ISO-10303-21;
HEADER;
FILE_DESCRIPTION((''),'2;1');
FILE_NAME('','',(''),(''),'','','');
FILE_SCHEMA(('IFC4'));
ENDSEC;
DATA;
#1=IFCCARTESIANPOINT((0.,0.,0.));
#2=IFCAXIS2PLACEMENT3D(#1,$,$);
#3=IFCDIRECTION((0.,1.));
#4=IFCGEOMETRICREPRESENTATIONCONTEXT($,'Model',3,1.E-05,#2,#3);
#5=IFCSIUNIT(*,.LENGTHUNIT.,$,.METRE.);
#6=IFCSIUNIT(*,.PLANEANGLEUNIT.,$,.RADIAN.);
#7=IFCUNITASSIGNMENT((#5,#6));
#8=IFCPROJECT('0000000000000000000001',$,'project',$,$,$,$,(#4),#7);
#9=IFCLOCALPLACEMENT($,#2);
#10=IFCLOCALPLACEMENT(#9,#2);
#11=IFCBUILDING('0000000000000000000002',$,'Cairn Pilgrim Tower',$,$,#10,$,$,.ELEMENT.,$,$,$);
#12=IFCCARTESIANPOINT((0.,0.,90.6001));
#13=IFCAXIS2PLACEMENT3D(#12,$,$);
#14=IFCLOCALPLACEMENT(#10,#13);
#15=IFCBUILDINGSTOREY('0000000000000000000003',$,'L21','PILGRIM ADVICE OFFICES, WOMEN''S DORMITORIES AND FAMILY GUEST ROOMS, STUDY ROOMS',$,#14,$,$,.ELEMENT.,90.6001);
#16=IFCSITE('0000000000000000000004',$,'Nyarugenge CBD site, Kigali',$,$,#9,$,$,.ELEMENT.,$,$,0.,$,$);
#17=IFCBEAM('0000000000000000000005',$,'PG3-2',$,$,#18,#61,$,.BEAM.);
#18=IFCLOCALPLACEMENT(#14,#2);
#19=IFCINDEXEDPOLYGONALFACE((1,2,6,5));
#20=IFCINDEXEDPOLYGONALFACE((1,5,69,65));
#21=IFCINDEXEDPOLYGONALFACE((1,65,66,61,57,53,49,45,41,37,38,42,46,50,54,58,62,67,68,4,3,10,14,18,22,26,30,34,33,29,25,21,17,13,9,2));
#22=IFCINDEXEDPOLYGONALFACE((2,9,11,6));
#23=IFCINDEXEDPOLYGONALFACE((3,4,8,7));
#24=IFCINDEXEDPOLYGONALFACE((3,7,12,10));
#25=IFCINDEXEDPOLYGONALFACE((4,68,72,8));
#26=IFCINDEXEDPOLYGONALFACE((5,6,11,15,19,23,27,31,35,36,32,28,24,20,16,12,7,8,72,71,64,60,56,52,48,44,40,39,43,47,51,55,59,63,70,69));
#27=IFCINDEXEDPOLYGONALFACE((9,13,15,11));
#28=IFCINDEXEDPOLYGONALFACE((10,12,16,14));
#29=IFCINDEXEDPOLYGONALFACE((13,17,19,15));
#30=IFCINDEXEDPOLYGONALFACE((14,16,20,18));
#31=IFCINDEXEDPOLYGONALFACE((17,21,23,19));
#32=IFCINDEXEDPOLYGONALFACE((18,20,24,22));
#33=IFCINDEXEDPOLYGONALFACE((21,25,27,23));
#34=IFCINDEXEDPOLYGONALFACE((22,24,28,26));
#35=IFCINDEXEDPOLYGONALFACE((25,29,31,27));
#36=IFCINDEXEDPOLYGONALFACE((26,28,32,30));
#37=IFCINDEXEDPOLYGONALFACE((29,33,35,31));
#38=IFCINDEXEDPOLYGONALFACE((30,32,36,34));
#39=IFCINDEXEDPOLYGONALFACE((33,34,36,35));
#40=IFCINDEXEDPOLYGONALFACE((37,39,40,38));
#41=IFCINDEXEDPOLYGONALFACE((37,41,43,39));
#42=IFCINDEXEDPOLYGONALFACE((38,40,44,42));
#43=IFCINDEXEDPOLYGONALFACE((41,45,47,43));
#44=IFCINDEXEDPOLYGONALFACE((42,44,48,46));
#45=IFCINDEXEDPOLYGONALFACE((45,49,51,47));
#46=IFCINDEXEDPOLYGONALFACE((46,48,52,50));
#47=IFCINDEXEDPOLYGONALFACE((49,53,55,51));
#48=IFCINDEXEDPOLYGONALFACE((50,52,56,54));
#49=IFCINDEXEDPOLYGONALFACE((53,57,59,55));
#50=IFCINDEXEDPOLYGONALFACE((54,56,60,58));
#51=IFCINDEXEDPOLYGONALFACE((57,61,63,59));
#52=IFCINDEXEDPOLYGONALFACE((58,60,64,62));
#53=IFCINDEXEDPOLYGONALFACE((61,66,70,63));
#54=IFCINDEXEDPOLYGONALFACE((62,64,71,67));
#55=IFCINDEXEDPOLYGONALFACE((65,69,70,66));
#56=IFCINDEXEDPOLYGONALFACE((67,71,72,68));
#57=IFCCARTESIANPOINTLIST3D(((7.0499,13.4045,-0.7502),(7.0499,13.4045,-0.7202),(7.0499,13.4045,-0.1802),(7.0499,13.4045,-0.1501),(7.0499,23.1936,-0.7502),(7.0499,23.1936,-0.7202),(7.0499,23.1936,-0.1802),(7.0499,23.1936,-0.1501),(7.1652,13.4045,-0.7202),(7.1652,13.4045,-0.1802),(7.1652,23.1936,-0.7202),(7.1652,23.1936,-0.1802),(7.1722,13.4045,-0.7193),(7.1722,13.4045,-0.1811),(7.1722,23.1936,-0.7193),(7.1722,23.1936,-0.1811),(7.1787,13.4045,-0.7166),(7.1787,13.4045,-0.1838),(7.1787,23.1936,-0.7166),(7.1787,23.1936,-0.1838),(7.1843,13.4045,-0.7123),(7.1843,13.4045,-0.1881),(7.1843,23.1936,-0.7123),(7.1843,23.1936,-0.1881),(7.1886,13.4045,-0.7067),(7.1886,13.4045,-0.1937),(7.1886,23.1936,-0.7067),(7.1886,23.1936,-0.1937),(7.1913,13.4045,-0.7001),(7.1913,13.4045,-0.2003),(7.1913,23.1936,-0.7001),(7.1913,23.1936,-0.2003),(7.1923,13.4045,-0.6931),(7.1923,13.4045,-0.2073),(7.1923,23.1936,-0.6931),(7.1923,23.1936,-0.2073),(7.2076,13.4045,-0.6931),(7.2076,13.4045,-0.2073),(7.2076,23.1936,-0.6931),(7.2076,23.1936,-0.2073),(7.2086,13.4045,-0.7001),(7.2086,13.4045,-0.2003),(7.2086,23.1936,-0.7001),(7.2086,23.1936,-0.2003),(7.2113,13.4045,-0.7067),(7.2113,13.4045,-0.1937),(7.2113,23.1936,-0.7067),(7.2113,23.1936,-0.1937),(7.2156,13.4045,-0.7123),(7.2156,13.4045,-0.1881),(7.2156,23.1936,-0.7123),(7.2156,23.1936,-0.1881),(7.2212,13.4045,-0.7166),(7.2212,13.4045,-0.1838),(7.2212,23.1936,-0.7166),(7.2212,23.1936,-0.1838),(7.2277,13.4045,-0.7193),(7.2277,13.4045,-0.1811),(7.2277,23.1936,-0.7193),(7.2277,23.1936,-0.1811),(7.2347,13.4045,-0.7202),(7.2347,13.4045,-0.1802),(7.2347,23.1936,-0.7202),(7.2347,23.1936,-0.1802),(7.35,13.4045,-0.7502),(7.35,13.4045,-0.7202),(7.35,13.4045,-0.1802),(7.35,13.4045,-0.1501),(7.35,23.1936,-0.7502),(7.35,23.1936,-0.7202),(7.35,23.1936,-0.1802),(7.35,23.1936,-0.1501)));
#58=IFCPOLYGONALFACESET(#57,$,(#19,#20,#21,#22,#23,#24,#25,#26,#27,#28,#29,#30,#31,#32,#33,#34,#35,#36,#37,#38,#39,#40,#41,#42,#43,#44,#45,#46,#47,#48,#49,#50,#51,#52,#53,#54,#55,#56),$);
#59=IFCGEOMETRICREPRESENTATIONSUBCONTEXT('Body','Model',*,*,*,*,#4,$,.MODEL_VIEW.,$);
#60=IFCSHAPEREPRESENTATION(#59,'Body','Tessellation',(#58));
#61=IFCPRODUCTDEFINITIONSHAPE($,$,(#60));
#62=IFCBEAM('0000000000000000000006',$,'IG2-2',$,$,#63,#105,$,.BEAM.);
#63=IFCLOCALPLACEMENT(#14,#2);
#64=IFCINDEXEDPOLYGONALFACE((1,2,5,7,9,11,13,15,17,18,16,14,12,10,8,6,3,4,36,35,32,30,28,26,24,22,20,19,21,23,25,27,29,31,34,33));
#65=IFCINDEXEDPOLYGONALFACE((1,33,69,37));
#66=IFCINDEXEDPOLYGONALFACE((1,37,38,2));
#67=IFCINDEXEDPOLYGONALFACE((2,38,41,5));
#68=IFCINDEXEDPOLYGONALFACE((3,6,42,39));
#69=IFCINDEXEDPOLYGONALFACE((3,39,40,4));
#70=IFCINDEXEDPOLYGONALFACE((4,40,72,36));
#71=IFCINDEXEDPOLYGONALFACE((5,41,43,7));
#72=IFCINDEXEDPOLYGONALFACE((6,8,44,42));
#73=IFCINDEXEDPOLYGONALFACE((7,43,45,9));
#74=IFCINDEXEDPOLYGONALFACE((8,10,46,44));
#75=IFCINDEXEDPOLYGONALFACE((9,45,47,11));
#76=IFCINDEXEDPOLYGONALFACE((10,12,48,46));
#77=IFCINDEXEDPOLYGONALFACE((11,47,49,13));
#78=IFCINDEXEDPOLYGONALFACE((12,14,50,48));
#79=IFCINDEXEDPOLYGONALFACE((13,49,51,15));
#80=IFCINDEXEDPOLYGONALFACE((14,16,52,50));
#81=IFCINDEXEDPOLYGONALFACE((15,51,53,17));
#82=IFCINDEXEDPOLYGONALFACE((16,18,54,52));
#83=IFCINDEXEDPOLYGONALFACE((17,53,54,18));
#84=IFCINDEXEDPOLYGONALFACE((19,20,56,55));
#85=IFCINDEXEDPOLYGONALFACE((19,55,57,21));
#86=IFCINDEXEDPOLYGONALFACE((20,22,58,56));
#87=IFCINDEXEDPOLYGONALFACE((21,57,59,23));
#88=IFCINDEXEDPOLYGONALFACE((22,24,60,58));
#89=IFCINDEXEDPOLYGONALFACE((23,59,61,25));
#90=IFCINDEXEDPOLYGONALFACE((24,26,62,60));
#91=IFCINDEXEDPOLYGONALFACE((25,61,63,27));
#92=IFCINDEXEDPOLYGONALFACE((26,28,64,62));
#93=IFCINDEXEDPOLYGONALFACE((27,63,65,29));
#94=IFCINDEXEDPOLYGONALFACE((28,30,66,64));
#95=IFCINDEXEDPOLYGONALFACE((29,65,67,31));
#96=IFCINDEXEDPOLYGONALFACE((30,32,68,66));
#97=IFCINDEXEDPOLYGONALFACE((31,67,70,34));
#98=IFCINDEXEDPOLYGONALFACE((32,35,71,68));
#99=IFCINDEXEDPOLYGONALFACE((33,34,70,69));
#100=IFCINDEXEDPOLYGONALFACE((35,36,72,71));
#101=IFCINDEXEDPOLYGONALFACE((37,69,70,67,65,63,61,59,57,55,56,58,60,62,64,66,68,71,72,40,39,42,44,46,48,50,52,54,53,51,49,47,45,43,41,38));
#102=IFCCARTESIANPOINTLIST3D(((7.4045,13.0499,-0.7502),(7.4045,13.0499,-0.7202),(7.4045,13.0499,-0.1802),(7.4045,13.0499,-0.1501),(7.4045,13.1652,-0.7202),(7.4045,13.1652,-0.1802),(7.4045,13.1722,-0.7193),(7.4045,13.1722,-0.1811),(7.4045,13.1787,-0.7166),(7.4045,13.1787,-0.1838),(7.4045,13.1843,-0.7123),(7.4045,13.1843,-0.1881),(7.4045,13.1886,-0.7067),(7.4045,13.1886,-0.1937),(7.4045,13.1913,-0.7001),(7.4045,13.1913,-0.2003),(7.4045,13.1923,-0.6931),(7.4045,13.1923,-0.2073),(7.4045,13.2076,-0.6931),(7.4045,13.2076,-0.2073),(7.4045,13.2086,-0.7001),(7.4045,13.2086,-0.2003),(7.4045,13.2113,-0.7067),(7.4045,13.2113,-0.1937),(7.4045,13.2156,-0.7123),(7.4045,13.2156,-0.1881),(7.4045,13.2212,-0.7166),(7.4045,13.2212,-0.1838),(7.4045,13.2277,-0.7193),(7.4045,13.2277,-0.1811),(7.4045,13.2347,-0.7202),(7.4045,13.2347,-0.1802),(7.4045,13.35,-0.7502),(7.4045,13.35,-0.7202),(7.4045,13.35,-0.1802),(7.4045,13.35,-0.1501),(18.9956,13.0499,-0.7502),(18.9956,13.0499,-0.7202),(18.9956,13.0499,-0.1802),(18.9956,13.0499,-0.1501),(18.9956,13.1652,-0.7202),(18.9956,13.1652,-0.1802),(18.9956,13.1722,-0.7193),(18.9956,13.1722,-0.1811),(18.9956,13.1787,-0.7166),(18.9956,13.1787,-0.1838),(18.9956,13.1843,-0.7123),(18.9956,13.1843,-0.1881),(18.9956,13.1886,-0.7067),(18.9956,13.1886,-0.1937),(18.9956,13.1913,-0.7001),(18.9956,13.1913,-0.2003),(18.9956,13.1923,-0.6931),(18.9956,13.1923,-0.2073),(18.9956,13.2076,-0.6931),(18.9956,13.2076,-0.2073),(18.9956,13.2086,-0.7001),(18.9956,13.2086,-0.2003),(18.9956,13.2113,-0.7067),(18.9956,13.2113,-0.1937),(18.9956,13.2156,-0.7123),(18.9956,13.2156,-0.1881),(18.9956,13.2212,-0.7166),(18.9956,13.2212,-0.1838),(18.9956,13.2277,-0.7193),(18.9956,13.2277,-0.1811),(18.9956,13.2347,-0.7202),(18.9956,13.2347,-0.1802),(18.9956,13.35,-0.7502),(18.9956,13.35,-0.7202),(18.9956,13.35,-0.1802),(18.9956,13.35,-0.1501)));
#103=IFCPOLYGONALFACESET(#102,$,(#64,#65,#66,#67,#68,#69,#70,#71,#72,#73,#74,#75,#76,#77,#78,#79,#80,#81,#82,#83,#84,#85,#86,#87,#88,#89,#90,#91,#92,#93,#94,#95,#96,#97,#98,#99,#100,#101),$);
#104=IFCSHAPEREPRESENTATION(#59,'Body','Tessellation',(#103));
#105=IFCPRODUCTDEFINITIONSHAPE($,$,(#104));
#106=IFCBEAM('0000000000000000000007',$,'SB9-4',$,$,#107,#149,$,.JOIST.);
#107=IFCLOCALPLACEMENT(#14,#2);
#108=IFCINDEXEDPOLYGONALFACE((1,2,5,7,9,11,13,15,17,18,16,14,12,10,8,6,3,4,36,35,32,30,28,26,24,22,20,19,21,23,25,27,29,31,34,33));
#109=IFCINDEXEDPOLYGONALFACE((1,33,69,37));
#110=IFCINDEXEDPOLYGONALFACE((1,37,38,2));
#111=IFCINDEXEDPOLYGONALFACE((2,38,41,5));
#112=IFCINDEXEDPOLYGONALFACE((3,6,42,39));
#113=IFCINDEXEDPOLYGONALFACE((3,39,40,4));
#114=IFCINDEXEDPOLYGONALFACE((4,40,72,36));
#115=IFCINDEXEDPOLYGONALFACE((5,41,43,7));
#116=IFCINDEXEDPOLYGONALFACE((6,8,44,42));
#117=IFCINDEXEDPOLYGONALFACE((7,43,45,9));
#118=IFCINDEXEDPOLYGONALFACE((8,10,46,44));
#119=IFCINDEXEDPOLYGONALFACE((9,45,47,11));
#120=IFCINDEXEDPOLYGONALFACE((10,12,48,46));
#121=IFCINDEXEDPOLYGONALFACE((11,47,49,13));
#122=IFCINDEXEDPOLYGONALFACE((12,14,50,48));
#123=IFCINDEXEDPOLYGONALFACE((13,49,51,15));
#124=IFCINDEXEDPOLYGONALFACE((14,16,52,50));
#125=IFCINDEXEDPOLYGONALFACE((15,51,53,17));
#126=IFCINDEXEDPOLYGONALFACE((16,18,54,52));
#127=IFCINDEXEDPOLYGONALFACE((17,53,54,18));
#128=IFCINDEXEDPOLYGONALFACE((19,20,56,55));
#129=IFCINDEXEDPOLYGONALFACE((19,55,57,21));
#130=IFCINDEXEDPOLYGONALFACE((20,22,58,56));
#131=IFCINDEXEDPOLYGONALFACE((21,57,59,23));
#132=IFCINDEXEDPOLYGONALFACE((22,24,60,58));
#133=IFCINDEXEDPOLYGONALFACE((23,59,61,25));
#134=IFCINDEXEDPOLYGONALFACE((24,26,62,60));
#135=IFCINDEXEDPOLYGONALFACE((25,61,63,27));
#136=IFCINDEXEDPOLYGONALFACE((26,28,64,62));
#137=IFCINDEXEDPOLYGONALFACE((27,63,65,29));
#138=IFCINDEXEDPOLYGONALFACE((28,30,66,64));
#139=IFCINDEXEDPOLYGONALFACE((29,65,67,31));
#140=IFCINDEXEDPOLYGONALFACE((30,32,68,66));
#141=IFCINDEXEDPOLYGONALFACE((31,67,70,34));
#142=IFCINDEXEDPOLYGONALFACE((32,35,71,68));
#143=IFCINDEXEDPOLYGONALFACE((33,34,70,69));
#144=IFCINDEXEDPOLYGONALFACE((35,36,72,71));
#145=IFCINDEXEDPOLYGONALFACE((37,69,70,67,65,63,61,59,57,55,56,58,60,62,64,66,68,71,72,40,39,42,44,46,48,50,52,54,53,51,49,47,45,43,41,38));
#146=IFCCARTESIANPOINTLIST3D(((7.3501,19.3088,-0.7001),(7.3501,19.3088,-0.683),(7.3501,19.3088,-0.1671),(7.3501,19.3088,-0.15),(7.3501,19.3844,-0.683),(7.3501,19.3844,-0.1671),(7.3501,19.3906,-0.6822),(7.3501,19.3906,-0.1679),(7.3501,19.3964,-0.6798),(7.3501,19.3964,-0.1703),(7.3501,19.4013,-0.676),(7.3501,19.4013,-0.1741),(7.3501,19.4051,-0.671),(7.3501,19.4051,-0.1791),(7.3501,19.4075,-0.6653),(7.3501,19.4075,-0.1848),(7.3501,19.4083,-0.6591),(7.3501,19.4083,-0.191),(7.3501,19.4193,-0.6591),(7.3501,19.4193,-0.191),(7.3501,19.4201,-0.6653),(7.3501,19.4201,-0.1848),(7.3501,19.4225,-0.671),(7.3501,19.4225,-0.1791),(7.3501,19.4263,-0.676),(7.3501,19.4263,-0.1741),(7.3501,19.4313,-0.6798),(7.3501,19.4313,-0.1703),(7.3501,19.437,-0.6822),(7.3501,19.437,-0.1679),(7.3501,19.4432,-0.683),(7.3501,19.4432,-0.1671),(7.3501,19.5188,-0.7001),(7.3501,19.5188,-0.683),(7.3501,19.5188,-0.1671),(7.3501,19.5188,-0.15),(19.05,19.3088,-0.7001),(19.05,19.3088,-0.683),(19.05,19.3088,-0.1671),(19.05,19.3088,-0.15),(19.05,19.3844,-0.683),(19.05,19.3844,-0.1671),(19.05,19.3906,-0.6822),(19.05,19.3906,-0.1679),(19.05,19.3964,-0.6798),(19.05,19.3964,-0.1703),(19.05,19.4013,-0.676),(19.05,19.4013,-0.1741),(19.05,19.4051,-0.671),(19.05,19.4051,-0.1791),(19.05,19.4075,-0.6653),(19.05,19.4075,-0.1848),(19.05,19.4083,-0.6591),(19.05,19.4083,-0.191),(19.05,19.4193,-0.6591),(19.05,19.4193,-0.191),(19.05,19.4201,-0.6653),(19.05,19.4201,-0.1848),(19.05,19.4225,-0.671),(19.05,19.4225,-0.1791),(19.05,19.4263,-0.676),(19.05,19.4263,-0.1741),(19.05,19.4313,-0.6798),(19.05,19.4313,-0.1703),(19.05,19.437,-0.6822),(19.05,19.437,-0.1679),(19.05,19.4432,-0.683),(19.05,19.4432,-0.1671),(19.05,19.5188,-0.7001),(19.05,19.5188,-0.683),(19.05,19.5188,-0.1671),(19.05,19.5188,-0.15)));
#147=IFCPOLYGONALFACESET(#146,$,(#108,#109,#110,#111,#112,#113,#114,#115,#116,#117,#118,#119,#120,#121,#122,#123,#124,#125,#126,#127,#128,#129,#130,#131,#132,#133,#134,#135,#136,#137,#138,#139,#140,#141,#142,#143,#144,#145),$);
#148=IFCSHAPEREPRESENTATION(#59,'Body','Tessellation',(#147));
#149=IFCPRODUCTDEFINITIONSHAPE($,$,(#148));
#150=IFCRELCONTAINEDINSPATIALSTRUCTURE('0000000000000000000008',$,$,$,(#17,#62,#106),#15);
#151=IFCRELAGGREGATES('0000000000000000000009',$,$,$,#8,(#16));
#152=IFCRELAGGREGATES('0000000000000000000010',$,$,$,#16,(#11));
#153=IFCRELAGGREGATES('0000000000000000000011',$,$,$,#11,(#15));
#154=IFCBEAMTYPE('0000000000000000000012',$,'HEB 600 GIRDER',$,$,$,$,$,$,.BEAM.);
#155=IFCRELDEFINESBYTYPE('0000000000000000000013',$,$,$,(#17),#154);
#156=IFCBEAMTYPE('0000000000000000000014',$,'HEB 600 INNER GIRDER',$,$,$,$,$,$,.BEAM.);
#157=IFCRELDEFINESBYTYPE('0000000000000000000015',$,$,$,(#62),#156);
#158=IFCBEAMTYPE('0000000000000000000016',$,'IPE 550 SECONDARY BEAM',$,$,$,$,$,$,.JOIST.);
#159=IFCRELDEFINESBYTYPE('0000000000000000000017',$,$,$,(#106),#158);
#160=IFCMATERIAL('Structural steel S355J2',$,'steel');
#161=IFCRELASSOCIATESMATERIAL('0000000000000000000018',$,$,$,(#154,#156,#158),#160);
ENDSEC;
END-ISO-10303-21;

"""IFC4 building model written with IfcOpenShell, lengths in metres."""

from ifc_helpers import new_model, si_unit, direction, frame, origin, origin_2d, place, context, subcontext, project, spatial, i_section, extrude, material, material_profile, profile_set, type_object, element, save


model = new_model("IFC4")

# Units and contexts
model_context = context("Model", 3, precision=1e-05, world=origin(), true_north=direction((0.0, 1.0)))
body_context = subcontext(model_context, "Body", "Model", "MODEL_VIEW")
ifc_project = project(units=[si_unit("LENGTHUNIT", "METRE"), si_unit("PLANEANGLEUNIT", "RADIAN")], contexts=[model_context])

# Site, building, storey
site_placement = place(None, origin())
site = spatial("IfcSite", under=ifc_project, at=site_placement, Name="Nyarugenge CBD site, Kigali", CompositionType="ELEMENT", RefElevation=0.0)
building_placement = place(site_placement, origin())
building = spatial("IfcBuilding", under=site, at=building_placement, Name="Cairn Pilgrim Tower", CompositionType="ELEMENT")
storey_placement = place(building_placement, frame((0.0, 0.0, 90.6001)))
storey = spatial("IfcBuildingStorey", under=building, at=storey_placement, Name="L21", Description="PILGRIM ADVICE OFFICES, WOMEN'S DORMITORIES AND FAMILY GUEST ROOMS, STUDY ROOMS", CompositionType="ELEMENT", Elevation=90.6001)

# Beams
ifc_material_1 = material(Name="Structural steel S355J2", Category="steel")
ifc_material_profile_1 = material_profile(ifc_material_1, i_section(OverallWidth=0.3, OverallDepth=0.6001, WebThickness=0.0154, FlangeThickness=0.03, FilletRadius=0.0271, at=origin_2d()), Name="HEB 600")
ifc_profile_set_1 = profile_set([ifc_material_profile_1], Name="Structural steel S355J2")
beam_type_1 = type_object("IfcBeamType", Name="HEB 600 GIRDER", PredefinedType="BEAM", material=ifc_profile_set_1)
beam_1_placement = place(storey_placement, frame((7.2, 13.4045, -0.4502), z_axis=(0.0, 1.0, 0.0), x_axis=(-1.0, 0.0, 0.0)))
element("IfcBeam", 1, at=beam_1_placement, inside=storey, type_object=beam_type_1, Name="PG3-2", PredefinedType="BEAM", context=body_context, shape_type="SweptSolid", body=[
    extrude(i_section(OverallWidth=0.3, OverallDepth=0.6001, WebThickness=0.0154, FlangeThickness=0.03, FilletRadius=0.0271, at=origin_2d()), origin(), (0.0, 0.0, 1.0), 9.7891),
])
ifc_material_profile_2 = material_profile(ifc_material_1, i_section(OverallWidth=0.3, OverallDepth=0.6001, WebThickness=0.0154, FlangeThickness=0.03, FilletRadius=0.0271, at=origin_2d()), Name="HEB 600")
ifc_profile_set_2 = profile_set([ifc_material_profile_2], Name="Structural steel S355J2")
beam_type_2 = type_object("IfcBeamType", Name="HEB 600 INNER GIRDER", PredefinedType="BEAM", material=ifc_profile_set_2)
beam_2_placement = place(storey_placement, frame((7.4045, 13.2, -0.4502), z_axis=(1.0, 0.0, 0.0), x_axis=(0.0, 1.0, 0.0)))
element("IfcBeam", 2, at=beam_2_placement, inside=storey, type_object=beam_type_2, Name="IG2-2", PredefinedType="BEAM", context=body_context, shape_type="SweptSolid", body=[
    extrude(i_section(OverallWidth=0.3, OverallDepth=0.6001, WebThickness=0.0154, FlangeThickness=0.03, FilletRadius=0.0271, at=origin_2d()), origin(), (0.0, 0.0, 1.0), 11.5911),
])
ifc_material_profile_3 = material_profile(ifc_material_1, i_section(OverallWidth=0.21, OverallDepth=0.55, WebThickness=0.011, FlangeThickness=0.0171, FilletRadius=0.0239, at=origin_2d()), Name="IPE 550")
ifc_profile_set_3 = profile_set([ifc_material_profile_3], Name="Structural steel S355J2")
beam_type_3 = type_object("IfcBeamType", Name="IPE 550 SECONDARY BEAM", PredefinedType="JOIST", material=ifc_profile_set_3)
beam_3_placement = place(storey_placement, frame((7.3501, 19.4138, -0.425), z_axis=(1.0, 0.0, 0.0), x_axis=(0.0, 1.0, 0.0)))
element("IfcBeam", 3, at=beam_3_placement, inside=storey, type_object=beam_type_3, Name="SB9-4", PredefinedType="JOIST", context=body_context, shape_type="SweptSolid", body=[
    extrude(i_section(OverallWidth=0.21, OverallDepth=0.55, WebThickness=0.011, FlangeThickness=0.0171, FilletRadius=0.0239, at=origin_2d()), origin(), (0.0, 0.0, 1.0), 11.7),
])

save(model, "model.ifc")
